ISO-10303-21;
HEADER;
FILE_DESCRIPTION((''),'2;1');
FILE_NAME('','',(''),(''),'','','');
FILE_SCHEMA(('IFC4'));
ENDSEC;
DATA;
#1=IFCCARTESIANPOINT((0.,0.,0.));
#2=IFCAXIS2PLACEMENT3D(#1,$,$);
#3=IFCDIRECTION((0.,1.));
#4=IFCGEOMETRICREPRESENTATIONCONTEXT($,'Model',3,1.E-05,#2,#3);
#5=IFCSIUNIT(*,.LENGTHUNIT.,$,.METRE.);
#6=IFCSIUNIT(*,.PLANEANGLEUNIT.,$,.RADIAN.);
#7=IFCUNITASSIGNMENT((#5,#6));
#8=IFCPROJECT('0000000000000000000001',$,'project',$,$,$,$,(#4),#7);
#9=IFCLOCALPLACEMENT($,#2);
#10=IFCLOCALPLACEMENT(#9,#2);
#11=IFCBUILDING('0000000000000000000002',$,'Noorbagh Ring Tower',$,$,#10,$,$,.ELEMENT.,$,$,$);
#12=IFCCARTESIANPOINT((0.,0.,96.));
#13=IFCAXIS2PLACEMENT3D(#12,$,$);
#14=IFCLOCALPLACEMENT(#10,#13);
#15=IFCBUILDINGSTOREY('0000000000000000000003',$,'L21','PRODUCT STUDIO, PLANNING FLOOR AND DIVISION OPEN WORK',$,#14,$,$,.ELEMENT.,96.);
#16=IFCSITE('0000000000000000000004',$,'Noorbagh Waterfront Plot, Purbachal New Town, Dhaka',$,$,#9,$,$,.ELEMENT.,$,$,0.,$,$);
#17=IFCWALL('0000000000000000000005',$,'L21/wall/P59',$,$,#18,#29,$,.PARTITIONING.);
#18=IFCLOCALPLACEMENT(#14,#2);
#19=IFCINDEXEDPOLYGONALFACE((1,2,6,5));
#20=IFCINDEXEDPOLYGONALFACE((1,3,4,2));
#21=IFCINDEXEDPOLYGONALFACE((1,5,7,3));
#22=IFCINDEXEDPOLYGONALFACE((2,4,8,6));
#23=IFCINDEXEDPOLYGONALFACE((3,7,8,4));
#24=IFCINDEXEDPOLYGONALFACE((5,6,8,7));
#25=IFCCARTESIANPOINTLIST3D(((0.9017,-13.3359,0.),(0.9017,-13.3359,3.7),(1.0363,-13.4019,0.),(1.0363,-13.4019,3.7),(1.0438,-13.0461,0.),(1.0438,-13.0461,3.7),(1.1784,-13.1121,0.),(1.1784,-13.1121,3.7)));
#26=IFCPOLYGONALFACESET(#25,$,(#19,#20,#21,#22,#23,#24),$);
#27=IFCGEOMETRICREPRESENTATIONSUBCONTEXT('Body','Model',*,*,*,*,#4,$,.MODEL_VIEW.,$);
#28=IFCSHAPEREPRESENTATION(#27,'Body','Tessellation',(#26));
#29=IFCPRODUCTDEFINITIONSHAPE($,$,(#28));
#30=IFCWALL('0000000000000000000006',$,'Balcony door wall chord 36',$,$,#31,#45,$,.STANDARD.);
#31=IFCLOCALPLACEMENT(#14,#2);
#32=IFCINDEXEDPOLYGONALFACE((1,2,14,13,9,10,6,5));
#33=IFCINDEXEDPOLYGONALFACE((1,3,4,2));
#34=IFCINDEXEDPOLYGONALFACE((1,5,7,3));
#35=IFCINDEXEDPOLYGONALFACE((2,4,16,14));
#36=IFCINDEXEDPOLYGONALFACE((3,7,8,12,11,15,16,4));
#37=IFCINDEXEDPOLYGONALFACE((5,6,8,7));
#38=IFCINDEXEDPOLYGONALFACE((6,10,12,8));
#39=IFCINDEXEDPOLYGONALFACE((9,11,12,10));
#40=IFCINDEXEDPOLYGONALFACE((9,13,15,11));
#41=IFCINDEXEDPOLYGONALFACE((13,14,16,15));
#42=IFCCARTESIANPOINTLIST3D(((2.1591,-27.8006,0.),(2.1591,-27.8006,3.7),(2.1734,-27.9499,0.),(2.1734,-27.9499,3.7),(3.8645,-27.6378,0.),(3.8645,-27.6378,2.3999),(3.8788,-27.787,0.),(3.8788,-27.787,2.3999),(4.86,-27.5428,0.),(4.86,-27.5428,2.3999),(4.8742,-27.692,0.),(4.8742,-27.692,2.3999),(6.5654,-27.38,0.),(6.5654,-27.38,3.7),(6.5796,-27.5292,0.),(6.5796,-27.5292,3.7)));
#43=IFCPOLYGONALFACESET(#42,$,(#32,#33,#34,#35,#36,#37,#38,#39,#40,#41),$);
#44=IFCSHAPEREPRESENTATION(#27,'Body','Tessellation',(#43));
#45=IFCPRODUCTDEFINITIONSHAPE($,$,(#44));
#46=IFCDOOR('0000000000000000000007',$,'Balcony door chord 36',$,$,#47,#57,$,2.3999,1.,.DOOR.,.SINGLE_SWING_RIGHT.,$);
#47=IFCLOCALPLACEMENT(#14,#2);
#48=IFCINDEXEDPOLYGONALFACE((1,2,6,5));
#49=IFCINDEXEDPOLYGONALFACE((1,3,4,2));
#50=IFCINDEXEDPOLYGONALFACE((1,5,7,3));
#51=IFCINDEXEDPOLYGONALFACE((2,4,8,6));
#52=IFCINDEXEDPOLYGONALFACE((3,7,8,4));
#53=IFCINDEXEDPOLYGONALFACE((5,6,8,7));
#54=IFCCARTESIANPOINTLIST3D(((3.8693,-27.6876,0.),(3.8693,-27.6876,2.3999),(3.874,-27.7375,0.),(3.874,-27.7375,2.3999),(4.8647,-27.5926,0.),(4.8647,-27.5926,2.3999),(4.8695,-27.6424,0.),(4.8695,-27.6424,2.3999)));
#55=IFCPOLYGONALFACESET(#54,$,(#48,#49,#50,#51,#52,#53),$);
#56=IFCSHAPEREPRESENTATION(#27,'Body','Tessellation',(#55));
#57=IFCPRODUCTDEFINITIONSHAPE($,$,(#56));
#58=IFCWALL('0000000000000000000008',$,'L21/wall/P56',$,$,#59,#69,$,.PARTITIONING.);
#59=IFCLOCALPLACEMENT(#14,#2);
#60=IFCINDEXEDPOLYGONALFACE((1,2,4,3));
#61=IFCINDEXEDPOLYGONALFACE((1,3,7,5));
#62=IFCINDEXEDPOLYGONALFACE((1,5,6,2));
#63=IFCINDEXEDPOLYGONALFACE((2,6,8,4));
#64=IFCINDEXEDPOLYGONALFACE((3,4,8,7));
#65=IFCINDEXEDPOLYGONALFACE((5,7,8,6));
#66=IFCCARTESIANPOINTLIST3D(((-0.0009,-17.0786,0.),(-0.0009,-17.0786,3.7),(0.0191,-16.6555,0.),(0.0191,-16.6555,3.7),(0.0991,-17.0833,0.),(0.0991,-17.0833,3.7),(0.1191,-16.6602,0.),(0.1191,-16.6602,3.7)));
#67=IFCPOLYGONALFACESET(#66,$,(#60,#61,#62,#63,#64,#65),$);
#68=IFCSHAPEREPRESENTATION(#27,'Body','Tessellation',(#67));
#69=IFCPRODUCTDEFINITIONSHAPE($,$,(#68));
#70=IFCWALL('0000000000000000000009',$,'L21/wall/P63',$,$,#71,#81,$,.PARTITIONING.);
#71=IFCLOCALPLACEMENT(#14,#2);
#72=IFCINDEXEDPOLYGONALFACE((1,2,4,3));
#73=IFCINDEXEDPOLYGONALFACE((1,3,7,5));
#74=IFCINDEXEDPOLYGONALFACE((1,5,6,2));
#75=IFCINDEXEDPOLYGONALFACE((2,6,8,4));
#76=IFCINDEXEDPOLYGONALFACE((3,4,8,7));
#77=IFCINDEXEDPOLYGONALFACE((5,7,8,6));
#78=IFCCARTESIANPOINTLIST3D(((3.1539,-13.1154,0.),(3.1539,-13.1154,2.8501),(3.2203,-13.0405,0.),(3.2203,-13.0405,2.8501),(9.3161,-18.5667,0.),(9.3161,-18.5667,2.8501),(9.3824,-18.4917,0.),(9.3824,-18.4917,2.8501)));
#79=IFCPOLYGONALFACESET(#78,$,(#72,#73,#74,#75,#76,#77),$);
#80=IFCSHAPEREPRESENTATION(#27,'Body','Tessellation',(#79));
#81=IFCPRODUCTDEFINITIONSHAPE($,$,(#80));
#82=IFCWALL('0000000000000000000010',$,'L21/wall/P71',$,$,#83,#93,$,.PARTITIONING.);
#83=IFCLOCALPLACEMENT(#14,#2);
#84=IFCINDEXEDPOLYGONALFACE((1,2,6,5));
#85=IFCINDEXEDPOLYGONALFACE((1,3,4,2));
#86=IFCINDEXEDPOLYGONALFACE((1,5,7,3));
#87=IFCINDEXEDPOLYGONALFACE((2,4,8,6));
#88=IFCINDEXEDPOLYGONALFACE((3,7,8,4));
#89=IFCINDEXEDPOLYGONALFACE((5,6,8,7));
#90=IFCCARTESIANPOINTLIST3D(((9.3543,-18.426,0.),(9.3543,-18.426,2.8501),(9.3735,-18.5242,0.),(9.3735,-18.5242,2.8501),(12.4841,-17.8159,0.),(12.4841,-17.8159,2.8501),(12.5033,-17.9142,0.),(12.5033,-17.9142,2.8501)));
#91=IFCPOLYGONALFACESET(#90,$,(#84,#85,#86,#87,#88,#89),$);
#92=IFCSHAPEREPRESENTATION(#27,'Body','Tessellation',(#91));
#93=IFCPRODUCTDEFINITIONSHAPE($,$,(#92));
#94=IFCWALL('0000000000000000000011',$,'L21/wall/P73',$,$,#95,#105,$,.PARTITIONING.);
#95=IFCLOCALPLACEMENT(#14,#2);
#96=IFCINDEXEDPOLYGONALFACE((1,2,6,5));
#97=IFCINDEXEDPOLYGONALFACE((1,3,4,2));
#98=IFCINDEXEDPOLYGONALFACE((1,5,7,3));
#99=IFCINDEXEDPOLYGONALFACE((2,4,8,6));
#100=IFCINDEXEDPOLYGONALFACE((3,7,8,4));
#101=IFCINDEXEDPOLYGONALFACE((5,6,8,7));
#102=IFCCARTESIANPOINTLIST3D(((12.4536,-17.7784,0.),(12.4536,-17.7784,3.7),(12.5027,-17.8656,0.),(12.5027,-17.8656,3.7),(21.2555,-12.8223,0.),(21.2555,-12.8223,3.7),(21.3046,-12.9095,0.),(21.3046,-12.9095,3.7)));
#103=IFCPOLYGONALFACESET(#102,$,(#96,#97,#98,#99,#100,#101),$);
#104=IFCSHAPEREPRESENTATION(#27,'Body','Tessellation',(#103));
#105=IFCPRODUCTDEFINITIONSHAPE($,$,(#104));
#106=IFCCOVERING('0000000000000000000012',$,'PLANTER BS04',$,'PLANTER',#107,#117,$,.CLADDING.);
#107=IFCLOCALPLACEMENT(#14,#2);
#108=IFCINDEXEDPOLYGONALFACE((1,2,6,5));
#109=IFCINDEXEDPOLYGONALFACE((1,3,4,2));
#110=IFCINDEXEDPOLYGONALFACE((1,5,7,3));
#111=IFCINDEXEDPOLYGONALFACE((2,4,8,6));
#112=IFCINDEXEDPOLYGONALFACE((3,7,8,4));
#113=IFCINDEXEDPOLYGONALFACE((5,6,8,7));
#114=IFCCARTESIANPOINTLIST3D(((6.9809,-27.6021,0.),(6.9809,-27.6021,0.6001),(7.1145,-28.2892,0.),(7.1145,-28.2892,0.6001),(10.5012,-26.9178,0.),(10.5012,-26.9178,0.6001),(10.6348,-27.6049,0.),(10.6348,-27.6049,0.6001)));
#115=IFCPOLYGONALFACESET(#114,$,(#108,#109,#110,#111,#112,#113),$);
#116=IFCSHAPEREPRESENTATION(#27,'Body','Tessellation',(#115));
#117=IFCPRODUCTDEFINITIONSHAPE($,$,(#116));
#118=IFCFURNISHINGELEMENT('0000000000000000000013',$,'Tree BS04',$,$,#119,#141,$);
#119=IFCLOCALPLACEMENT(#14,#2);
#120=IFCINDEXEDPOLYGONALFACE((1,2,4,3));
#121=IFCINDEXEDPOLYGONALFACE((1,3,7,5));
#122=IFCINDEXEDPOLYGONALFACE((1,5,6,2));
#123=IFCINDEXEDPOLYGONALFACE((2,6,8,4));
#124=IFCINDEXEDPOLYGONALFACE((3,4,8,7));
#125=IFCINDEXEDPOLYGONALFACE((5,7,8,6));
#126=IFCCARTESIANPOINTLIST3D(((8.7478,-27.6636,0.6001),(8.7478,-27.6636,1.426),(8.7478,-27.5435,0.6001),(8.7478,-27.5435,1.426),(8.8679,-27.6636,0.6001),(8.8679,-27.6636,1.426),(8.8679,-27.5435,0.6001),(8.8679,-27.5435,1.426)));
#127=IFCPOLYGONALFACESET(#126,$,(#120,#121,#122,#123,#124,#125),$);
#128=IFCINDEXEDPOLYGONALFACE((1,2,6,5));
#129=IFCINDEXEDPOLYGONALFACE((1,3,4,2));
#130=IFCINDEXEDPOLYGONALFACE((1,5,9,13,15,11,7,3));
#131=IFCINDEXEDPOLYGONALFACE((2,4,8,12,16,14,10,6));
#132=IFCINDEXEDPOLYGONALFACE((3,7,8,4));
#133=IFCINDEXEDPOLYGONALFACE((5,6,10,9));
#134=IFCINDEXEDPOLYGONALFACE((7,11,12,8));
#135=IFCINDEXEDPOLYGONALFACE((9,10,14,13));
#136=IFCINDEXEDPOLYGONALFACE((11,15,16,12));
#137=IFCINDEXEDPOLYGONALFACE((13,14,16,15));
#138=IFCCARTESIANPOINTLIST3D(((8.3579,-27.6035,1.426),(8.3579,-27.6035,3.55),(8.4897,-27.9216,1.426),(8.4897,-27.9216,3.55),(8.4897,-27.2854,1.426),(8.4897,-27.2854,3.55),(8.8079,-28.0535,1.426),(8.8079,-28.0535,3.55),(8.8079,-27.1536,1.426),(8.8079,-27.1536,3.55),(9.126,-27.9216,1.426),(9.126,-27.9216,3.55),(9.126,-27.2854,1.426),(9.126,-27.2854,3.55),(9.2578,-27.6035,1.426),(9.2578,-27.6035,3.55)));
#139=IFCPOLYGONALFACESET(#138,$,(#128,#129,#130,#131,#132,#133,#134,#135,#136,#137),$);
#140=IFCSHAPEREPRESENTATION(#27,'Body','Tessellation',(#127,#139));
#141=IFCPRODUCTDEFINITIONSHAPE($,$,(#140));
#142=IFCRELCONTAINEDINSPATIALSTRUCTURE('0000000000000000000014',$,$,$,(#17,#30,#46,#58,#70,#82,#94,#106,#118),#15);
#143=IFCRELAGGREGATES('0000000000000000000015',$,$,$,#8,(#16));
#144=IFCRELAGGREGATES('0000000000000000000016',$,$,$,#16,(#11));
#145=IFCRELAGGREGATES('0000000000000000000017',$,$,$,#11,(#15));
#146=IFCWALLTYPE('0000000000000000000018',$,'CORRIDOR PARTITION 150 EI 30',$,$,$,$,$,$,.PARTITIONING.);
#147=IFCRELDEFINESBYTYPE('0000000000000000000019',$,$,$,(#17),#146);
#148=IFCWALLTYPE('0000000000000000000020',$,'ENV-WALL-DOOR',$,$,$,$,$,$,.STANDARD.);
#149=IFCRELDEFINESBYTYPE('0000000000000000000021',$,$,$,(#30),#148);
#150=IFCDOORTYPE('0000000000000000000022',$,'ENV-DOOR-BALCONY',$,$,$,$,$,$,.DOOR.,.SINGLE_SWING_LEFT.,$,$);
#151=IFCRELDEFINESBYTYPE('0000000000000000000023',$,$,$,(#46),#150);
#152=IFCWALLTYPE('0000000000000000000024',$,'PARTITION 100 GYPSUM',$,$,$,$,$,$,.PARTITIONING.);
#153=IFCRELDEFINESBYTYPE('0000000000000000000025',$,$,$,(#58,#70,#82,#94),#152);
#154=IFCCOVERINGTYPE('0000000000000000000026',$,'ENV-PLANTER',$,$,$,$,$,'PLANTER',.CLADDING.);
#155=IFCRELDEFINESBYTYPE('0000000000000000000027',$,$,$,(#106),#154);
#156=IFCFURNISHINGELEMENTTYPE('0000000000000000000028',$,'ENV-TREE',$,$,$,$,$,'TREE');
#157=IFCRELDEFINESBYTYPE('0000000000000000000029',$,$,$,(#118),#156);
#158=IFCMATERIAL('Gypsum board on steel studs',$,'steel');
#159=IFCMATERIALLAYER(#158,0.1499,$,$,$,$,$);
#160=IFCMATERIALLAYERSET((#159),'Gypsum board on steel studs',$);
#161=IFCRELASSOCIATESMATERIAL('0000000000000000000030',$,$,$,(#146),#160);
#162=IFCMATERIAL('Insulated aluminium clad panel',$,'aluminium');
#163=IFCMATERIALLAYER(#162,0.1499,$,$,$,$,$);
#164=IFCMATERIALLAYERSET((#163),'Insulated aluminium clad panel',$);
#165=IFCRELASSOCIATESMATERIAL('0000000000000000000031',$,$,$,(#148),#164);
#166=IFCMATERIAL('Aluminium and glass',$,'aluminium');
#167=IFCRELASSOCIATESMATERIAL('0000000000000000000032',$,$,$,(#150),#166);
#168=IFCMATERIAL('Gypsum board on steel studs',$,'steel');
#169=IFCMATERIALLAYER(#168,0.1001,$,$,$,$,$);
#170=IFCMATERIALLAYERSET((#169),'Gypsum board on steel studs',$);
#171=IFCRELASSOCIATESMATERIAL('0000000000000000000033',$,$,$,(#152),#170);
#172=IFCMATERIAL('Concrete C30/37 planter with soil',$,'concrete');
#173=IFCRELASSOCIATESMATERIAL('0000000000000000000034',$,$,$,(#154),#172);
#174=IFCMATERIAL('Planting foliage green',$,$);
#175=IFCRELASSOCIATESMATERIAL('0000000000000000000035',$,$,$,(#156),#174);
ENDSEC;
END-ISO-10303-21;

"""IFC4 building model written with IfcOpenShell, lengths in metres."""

from ifc_helpers import new_model, si_unit, direction, frame, frame_2d, origin, origin_2d, place, context, subcontext, project, spatial, polyline, rectangle, outline, extrude, material, layer, layer_set, type_object, element, fill, save


model = new_model("IFC4")

# Units and contexts
model_context = context("Model", 3, precision=1e-05, world=origin(), true_north=direction((0.0, 1.0)))
body_context = subcontext(model_context, "Body", "Model", "MODEL_VIEW")
ifc_project = project(units=[si_unit("LENGTHUNIT", "METRE"), si_unit("PLANEANGLEUNIT", "RADIAN")], contexts=[model_context])

# Site, building, storey
site_placement = place(None, origin())
site = spatial("IfcSite", under=ifc_project, at=site_placement, Name="Noorbagh Waterfront Plot, Purbachal New Town, Dhaka", CompositionType="ELEMENT", RefElevation=0.0)
building_placement = place(site_placement, origin())
building = spatial("IfcBuilding", under=site, at=building_placement, Name="Noorbagh Ring Tower", CompositionType="ELEMENT")
storey_placement = place(building_placement, frame((0.0, 0.0, 96.0)))
storey = spatial("IfcBuildingStorey", under=building, at=storey_placement, Name="L21", Description="PRODUCT STUDIO, PLANNING FLOOR AND DIVISION OPEN WORK", CompositionType="ELEMENT", Elevation=96.0)

# Wall
ifc_material_1 = material(Name="Gypsum board on steel studs", Category="steel")
ifc_layer_1 = layer(ifc_material_1, 0.1499)
ifc_layer_set_1 = layer_set([ifc_layer_1], Name="Gypsum board on steel studs")
wall_type_1 = type_object("IfcWallType", Name="CORRIDOR PARTITION 150 EI 30", PredefinedType="PARTITIONING", material=ifc_layer_set_1)
wall_1_placement = place(storey_placement, frame((0.969, -13.3689, 0.0), z_axis=(0.0, 0.0, 1.0), x_axis=(0.440241, 0.89788, 0.0)))
element("IfcWall", 1, at=wall_1_placement, inside=storey, type_object=wall_type_1, Name="L21/wall/P59", PredefinedType="PARTITIONING", context=body_context, shape_type="SweptSolid", body=[
    extrude(rectangle(XDim=0.3228, YDim=0.1499, at=frame_2d((0.1614, 0.0))), origin(), (0.0, 0.0, 1.0), 3.7),
])

# Wall, opening, door
ifc_material_2 = material(Name="Insulated aluminium clad panel", Category="aluminium")
ifc_layer_2 = layer(ifc_material_2, 0.1499)
ifc_layer_set_2 = layer_set([ifc_layer_2], Name="Insulated aluminium clad panel")
wall_type_2 = type_object("IfcWallType", Name="ENV-WALL-DOOR", PredefinedType="STANDARD", material=ifc_layer_set_2)
wall_2_placement = place(storey_placement, frame((2.1663, -27.8752, 0.0), z_axis=(0.0, 0.0, 1.0), x_axis=(0.995474, 0.095036, 0.0)))
wall_2 = element("IfcWall", 2, at=wall_2_placement, inside=storey, type_object=wall_type_2, Name="Balcony door wall chord 36", PredefinedType="STANDARD", context=body_context, shape_type="SweptSolid", body=[
    extrude(rectangle(XDim=4.4263, YDim=0.1499, at=frame_2d((2.2131, 0.0))), origin(), (0.0, 0.0, 1.0), 3.7),
])
opening_placement = place(wall_2_placement, frame((1.7131, 0.0, 0.0)))
opening = element("IfcOpeningElement", 3, at=opening_placement, cuts=wall_2, PredefinedType="OPENING", context=body_context, shape_type="SweptSolid", body=[
    extrude(rectangle(XDim=1.0, YDim=2.3999, at=frame_2d((0.5, 1.2))), frame((0.0, 0.085, 0.0), z_axis=(0.0, -1.0, 0.0), x_axis=(1.0, 0.0, 0.0)), (0.0, 0.0, 1.0), 0.1699),
])
ifc_material_3 = material(Name="Aluminium and glass", Category="aluminium")
door_type = type_object("IfcDoorType", Name="ENV-DOOR-BALCONY", OperationType="SINGLE_SWING_LEFT", PredefinedType="DOOR", material=ifc_material_3)
door_placement = place(opening_placement, origin())
door = element("IfcDoor", 4, at=door_placement, inside=storey, type_object=door_type, Name="Balcony door chord 36", OperationType="SINGLE_SWING_RIGHT", OverallHeight=2.3999, OverallWidth=1.0, PredefinedType="DOOR", context=body_context, shape_type="SweptSolid", body=[
    extrude(rectangle(XDim=1.0, YDim=2.3999, at=frame_2d((0.5, 1.2))), frame((0.0, 0.0249, 0.0), z_axis=(0.0, -1.0, 0.0), x_axis=(1.0, 0.0, 0.0)), (0.0, 0.0, 1.0), 0.05),
])
fill(opening, door)

# Walls
ifc_material_4 = material(Name="Gypsum board on steel studs", Category="steel")
ifc_layer_3 = layer(ifc_material_4, 0.1001)
ifc_layer_set_3 = layer_set([ifc_layer_3], Name="Gypsum board on steel studs")
wall_type_3 = type_object("IfcWallType", Name="PARTITION 100 GYPSUM", PredefinedType="PARTITIONING", material=ifc_layer_set_3)
wall_3_placement = place(storey_placement, frame((0.0491, -17.0811, 0.0), z_axis=(0.0, 0.0, 1.0), x_axis=(0.047264, 0.998882, 0.0)))
element("IfcWall", 5, at=wall_3_placement, inside=storey, type_object=wall_type_3, Name="L21/wall/P56", PredefinedType="PARTITIONING", context=body_context, shape_type="SweptSolid", body=[
    extrude(rectangle(XDim=0.4236, YDim=0.1001, at=frame_2d((0.2119, 0.0))), origin(), (0.0, 0.0, 1.0), 3.7),
])
wall_4_placement = place(storey_placement, frame((3.187, -13.0779, 0.0), z_axis=(0.0, 0.0, 1.0), x_axis=(0.748992, -0.662579, 0.0)))
element("IfcWall", 6, at=wall_4_placement, inside=storey, type_object=wall_type_3, Name="L21/wall/P63", PredefinedType="PARTITIONING", context=body_context, shape_type="SweptSolid", body=[
    extrude(rectangle(XDim=8.2273, YDim=0.1001, at=frame_2d((4.1138, 0.0))), origin(), (0.0, 0.0, 1.0), 2.8501),
])
wall_5_placement = place(storey_placement, frame((9.364, -18.4751, 0.0), z_axis=(0.0, 0.0, 1.0), x_axis=(0.981526, 0.191329, 0.0)))
element("IfcWall", 7, at=wall_5_placement, inside=storey, type_object=wall_type_3, Name="L21/wall/P71", PredefinedType="PARTITIONING", context=body_context, shape_type="SweptSolid", body=[
    extrude(rectangle(XDim=3.1887, YDim=0.1001, at=frame_2d((1.5942, 0.0))), origin(), (0.0, 0.0, 1.0), 2.8501),
])
wall_6_placement = place(storey_placement, frame((12.478, -17.822, 0.0), z_axis=(0.0, 0.0, 1.0), x_axis=(0.871367, 0.490632, 0.0)))
element("IfcWall", 8, at=wall_6_placement, inside=storey, type_object=wall_type_3, Name="L21/wall/P73", PredefinedType="PARTITIONING", context=body_context, shape_type="SweptSolid", body=[
    extrude(rectangle(XDim=10.1013, YDim=0.1001, at=frame_2d((5.0508, 0.0))), origin(), (0.0, 0.0, 1.0), 3.7),
])

# Covering
ifc_material_5 = material(Name="Concrete C30/37 planter with soil", Category="concrete")
covering_type = type_object("IfcCoveringType", Name="ENV-PLANTER", ElementType="PLANTER", PredefinedType="CLADDING", material=ifc_material_5)
covering_placement = place(storey_placement, frame((8.8079, -27.6035, 0.0), z_axis=(0.0, 0.0, 1.0), x_axis=(0.981625, 0.19082, 0.0)))
element("IfcCovering", 9, at=covering_placement, inside=storey, type_object=covering_type, Name="PLANTER BS04", ObjectType="PLANTER", PredefinedType="CLADDING", context=body_context, shape_type="SweptSolid", body=[
    extrude(rectangle(XDim=3.5862, YDim=0.7, at=origin_2d()), origin(), (0.0, 0.0, 1.0), 0.6001),
])

# Furnishing element
ifc_material_6 = material(Name="Planting foliage green")
furnishing_element_type = type_object("IfcFurnishingElementType", Name="ENV-TREE", ElementType="TREE", material=ifc_material_6)
furnishing_placement = place(storey_placement, frame((8.8079, -27.6035, 0.6001), z_axis=(0.0, 0.0, 1.0), x_axis=(1.0, 0.0, 0.0)))
element("IfcFurnishingElement", 10, at=furnishing_placement, inside=storey, type_object=furnishing_element_type, Name="Tree BS04", context=body_context, shape_type="SweptSolid", body=[
    extrude(rectangle(XDim=0.1201, YDim=0.1201, at=origin_2d()), origin(), (0.0, 0.0, 1.0), 0.8259),
    extrude(outline(polyline([(0.45, 0.0), (0.3181, 0.3181), (0.0, 0.45), (-0.3181, 0.3181), (-0.45, 0.0), (-0.3181, -0.3181), (0.0, -0.45), (0.3181, -0.3181), (0.45, 0.0)])), frame((0.0, 0.0, 0.8259)), (0.0, 0.0, 1.0), 2.124),
])

save(model, "model.ifc")
